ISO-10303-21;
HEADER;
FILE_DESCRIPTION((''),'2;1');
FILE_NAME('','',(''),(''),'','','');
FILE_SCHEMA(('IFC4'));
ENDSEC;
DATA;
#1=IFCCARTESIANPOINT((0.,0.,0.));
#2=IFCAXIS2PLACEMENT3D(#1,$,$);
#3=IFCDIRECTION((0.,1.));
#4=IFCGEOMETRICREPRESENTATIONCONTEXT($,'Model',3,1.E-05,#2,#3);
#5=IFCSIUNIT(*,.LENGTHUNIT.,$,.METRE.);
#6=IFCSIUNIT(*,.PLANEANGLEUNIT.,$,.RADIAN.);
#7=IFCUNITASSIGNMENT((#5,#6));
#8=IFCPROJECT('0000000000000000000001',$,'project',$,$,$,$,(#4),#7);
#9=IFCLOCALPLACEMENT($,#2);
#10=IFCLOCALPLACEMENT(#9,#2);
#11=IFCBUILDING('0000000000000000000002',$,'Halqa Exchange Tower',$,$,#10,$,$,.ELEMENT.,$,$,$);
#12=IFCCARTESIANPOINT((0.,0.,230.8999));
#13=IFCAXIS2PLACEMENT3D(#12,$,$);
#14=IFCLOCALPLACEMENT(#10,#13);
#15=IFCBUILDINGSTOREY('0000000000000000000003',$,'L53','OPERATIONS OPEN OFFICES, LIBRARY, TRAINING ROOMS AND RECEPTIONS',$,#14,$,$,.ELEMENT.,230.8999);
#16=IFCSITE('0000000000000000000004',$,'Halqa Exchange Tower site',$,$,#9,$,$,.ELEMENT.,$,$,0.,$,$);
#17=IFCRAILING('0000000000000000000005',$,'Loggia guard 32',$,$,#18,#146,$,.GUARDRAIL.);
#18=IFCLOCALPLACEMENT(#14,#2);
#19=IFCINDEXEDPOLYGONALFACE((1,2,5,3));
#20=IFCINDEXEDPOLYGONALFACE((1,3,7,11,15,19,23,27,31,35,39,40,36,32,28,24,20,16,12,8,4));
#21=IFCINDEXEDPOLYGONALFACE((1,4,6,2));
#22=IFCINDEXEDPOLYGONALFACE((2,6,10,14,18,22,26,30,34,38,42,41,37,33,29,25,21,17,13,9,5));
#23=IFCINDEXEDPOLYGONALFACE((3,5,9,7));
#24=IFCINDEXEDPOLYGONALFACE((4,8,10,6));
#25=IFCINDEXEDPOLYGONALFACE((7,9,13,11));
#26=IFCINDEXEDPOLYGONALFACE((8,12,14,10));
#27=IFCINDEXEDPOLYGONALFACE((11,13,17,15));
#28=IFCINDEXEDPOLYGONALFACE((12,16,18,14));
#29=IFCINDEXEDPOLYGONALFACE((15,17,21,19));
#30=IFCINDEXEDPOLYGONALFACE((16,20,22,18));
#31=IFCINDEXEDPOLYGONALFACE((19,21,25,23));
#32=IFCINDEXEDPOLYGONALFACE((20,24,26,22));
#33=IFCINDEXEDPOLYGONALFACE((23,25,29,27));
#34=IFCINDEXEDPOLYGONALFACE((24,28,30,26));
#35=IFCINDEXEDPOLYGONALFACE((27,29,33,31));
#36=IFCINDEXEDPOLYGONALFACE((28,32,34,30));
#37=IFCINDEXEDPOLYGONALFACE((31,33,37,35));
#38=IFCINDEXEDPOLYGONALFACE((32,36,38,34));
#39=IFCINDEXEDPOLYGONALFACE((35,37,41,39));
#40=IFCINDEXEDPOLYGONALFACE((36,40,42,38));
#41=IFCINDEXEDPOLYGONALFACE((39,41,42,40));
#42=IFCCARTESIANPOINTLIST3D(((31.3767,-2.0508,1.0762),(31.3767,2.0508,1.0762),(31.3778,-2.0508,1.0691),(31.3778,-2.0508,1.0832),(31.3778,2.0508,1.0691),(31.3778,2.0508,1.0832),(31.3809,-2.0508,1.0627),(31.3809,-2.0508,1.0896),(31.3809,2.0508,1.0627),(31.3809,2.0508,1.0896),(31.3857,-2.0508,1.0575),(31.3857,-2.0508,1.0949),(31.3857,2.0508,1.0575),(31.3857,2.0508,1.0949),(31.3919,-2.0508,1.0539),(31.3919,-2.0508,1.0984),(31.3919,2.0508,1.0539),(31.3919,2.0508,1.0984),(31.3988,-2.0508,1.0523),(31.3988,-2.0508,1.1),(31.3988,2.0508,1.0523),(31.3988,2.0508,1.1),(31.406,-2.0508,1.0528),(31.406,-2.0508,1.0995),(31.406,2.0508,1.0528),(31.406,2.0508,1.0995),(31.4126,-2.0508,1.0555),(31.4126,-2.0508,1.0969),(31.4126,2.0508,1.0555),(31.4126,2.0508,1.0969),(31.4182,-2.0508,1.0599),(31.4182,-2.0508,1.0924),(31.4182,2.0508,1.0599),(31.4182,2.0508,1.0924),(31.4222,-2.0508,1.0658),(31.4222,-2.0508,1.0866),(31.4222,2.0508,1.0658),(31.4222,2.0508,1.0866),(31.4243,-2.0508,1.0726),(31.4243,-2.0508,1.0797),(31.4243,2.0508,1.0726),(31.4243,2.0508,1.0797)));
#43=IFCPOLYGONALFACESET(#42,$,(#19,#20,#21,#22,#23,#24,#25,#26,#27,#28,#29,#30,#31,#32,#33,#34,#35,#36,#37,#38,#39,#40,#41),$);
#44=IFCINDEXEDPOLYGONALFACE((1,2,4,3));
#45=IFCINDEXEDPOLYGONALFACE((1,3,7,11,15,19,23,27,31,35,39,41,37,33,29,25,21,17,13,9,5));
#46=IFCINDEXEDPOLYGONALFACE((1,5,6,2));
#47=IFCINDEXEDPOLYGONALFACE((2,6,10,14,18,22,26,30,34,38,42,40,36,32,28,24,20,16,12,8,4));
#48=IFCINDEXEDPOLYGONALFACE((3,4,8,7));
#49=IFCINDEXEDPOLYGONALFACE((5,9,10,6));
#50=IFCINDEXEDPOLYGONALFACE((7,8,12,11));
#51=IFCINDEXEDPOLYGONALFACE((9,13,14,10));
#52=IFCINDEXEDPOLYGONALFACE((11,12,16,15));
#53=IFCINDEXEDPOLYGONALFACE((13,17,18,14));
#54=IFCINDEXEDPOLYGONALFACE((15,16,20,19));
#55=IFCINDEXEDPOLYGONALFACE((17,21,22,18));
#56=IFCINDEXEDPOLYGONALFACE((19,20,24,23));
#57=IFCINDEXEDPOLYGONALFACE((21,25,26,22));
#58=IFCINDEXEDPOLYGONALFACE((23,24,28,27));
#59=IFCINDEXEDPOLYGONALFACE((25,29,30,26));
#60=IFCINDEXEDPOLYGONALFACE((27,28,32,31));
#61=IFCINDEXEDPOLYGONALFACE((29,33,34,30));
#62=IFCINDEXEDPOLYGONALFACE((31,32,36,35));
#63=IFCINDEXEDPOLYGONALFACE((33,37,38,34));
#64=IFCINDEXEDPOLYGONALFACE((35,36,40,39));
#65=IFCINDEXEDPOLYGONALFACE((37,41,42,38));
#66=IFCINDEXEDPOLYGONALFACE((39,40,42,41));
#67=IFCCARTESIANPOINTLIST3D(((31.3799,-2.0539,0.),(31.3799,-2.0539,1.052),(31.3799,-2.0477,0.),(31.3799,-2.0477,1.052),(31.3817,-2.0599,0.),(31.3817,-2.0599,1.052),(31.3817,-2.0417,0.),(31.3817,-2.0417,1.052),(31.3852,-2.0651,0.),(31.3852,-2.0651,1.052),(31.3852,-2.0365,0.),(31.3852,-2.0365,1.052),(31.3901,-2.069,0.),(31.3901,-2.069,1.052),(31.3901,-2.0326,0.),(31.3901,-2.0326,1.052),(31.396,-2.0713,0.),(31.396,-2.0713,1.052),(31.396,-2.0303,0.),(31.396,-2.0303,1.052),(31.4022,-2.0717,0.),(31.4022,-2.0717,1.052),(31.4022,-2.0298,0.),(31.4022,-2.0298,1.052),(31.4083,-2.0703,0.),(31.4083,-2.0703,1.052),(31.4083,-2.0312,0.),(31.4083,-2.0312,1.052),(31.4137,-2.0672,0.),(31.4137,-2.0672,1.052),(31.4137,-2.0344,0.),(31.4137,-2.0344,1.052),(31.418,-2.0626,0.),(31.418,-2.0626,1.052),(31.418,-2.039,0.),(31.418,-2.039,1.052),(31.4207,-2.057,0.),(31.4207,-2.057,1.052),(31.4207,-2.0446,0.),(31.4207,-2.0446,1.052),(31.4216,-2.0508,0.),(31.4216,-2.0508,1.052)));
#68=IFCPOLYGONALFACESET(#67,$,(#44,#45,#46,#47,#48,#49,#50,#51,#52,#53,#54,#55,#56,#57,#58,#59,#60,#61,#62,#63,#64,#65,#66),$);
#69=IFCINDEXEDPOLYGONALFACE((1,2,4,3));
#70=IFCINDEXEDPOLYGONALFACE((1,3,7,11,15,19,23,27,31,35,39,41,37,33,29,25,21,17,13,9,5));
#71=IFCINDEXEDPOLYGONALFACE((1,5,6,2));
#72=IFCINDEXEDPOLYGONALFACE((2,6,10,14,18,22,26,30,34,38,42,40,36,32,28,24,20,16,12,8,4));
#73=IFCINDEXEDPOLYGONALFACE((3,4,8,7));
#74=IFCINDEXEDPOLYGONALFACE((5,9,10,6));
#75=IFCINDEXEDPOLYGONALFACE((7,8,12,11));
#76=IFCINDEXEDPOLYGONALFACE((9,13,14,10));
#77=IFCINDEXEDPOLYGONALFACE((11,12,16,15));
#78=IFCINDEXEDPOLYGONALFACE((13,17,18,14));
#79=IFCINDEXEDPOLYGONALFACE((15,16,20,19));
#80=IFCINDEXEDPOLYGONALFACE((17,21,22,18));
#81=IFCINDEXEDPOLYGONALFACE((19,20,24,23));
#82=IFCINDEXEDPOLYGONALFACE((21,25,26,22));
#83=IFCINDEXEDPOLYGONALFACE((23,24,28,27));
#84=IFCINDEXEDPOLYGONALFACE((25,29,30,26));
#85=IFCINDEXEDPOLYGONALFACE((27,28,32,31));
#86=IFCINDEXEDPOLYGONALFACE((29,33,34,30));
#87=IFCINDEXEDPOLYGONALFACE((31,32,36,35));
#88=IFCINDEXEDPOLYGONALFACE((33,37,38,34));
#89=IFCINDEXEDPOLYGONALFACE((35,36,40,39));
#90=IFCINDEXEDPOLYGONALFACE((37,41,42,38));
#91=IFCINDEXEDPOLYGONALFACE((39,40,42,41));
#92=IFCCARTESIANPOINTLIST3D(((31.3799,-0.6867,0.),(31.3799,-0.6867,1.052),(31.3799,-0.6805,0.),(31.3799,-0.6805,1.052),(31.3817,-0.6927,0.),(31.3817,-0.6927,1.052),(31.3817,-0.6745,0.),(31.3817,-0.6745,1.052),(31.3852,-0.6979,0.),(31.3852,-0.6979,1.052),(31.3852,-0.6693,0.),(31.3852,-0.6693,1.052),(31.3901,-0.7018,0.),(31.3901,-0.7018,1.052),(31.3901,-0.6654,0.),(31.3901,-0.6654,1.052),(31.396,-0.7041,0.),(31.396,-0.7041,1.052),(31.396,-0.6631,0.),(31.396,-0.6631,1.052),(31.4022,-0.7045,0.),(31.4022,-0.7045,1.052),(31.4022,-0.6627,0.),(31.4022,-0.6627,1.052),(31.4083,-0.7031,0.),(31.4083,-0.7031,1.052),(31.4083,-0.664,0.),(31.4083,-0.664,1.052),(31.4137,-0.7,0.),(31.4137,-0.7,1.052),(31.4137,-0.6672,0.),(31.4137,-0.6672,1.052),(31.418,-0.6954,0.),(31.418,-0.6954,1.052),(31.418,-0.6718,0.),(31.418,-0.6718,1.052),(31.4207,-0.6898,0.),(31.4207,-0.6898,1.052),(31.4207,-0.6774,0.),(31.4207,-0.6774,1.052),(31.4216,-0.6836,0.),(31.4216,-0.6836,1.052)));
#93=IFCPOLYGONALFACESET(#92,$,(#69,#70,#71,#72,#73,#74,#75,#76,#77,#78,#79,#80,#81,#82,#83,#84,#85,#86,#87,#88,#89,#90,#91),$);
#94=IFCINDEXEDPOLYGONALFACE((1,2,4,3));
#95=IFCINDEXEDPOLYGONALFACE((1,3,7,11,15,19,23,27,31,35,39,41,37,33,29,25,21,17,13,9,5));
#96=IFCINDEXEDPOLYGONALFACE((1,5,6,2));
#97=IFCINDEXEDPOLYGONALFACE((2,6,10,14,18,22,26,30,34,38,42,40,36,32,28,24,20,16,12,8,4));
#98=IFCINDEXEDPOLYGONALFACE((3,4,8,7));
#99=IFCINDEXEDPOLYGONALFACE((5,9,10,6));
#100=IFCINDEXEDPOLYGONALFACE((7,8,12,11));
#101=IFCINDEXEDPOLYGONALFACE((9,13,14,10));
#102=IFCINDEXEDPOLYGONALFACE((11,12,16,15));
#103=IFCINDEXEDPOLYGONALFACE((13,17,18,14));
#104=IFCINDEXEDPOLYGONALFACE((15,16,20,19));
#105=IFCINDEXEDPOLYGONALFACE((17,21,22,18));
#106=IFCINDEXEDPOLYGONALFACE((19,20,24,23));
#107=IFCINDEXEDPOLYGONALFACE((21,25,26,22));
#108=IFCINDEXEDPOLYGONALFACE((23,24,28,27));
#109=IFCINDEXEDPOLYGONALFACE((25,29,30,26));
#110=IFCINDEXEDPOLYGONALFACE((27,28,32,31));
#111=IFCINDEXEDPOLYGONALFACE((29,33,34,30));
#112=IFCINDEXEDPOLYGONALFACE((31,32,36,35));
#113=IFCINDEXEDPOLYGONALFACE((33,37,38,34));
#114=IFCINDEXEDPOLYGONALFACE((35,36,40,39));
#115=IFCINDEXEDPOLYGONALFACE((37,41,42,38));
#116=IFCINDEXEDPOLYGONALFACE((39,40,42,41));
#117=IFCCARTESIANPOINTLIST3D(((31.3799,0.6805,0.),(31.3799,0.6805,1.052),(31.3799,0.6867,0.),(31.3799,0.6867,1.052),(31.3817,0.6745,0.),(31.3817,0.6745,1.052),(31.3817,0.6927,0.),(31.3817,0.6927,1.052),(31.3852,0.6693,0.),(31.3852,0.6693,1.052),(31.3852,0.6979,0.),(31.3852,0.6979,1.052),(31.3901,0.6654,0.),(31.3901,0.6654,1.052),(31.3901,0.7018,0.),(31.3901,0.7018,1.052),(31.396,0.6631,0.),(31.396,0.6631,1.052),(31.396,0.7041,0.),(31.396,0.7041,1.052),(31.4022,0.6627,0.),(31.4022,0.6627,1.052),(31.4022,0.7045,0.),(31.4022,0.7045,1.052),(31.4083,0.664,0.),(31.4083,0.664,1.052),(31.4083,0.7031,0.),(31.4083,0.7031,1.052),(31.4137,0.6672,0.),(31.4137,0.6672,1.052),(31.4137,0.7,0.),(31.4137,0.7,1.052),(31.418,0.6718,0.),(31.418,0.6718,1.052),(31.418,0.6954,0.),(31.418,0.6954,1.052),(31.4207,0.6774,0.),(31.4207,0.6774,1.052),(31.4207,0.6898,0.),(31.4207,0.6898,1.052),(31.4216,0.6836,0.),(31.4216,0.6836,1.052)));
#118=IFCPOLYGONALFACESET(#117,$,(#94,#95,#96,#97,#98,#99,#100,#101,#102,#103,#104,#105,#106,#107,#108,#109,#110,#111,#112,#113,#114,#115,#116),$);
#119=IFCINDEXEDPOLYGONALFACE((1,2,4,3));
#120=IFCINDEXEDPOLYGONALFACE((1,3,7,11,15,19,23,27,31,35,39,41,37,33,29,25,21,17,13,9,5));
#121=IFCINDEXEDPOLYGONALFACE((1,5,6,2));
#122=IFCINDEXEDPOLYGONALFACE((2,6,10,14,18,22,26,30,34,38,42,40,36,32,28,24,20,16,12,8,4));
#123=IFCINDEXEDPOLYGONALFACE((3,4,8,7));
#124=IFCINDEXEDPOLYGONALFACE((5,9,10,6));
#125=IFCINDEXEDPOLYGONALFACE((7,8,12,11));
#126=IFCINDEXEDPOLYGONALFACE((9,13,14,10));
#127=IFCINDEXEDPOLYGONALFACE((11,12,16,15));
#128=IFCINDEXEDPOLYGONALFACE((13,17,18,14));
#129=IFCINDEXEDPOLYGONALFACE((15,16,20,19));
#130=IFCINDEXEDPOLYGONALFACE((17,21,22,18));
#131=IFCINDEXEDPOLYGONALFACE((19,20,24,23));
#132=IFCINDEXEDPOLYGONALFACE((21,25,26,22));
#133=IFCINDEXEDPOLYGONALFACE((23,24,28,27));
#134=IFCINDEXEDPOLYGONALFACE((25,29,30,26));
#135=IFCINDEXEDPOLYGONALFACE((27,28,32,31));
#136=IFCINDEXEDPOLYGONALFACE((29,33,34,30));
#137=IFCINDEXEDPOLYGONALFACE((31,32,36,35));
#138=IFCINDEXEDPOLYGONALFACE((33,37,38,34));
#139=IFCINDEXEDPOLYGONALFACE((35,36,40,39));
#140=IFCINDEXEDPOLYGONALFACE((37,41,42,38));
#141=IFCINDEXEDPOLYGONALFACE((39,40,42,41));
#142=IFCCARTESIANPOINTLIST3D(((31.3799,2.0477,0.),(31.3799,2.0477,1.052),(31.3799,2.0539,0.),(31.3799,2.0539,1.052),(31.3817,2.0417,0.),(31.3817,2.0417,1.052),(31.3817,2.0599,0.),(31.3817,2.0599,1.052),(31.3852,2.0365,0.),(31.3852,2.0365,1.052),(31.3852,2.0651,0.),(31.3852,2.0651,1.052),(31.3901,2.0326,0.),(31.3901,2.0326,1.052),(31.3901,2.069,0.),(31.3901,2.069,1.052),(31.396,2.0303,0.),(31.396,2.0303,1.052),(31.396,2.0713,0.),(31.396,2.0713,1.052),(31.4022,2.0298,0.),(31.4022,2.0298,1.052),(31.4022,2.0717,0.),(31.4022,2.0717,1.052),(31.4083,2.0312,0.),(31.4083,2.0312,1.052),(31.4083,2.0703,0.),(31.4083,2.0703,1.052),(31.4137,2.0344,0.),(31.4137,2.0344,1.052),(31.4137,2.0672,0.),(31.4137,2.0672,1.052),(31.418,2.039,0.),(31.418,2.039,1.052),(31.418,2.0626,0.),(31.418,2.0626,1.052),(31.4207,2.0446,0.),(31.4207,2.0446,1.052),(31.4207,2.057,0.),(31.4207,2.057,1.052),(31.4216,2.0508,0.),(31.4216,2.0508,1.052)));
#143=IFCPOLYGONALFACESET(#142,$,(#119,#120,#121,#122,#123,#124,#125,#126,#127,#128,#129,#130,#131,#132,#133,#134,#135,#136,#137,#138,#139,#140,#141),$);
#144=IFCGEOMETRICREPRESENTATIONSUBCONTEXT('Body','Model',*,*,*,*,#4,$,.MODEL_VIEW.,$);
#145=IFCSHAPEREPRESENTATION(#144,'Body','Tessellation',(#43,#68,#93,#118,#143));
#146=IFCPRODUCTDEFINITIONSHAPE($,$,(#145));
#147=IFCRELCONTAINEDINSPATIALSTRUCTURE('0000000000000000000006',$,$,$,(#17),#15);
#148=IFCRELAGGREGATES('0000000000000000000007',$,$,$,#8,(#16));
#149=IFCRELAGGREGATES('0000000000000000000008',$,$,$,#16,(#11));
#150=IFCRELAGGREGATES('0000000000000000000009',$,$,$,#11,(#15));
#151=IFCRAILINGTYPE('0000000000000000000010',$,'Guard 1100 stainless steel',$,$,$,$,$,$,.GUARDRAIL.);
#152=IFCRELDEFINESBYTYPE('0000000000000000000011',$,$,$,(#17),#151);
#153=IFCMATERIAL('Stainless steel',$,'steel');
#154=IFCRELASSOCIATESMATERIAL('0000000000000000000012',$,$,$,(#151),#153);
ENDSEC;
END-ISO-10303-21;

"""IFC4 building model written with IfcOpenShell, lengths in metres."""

from ifc_helpers import new_model, si_unit, direction, frame, origin, origin_2d, place, context, subcontext, project, spatial, circle, extrude, material, type_object, element, save


model = new_model("IFC4")

# Units and contexts
model_context = context("Model", 3, precision=1e-05, world=origin(), true_north=direction((0.0, 1.0)))
body_context = subcontext(model_context, "Body", "Model", "MODEL_VIEW")
ifc_project = project(units=[si_unit("LENGTHUNIT", "METRE"), si_unit("PLANEANGLEUNIT", "RADIAN")], contexts=[model_context])

# Site, building, storey
site_placement = place(None, origin())
site = spatial("IfcSite", under=ifc_project, at=site_placement, Name="Halqa Exchange Tower site", CompositionType="ELEMENT", RefElevation=0.0)
building_placement = place(site_placement, origin())
building = spatial("IfcBuilding", under=site, at=building_placement, Name="Halqa Exchange Tower", CompositionType="ELEMENT")
storey_placement = place(building_placement, frame((0.0, 0.0, 230.8999)))
storey = spatial("IfcBuildingStorey", under=building, at=storey_placement, Name="L53", Description="OPERATIONS OPEN OFFICES, LIBRARY, TRAINING ROOMS AND RECEPTIONS", CompositionType="ELEMENT", Elevation=230.8999)

# Railing
ifc_material_1 = material(Name="Stainless steel", Category="steel")
railing_type = type_object("IfcRailingType", Name="Guard 1100 stainless steel", PredefinedType="GUARDRAIL", material=ifc_material_1)
railing_1_placement = place(storey_placement, frame((31.4006, -2.0508, 0.0)))
element("IfcRailing", 1, at=railing_1_placement, inside=storey, type_object=railing_type, Name="Loggia guard 32", PredefinedType="GUARDRAIL", context=body_context, shape_type="SweptSolid", body=[
    extrude(circle(Radius=0.0239, at=origin_2d()), frame((0.0, 0.0, 1.0762), z_axis=(0.0, 1.0, 0.0), x_axis=(-1.0, 0.0, 0.0)), (0.0, 0.0, 1.0), 4.1016),
    extrude(circle(Radius=0.021, at=origin_2d()), origin(), (0.0, 0.0, 1.0), 1.052),
    extrude(circle(Radius=0.021, at=origin_2d()), frame((0.0, 1.3672, 0.0)), (0.0, 0.0, 1.0), 1.052),
    extrude(circle(Radius=0.021, at=origin_2d()), frame((0.0, 2.7344, 0.0)), (0.0, 0.0, 1.0), 1.052),
    extrude(circle(Radius=0.021, at=origin_2d()), frame((0.0, 4.1016, 0.0)), (0.0, 0.0, 1.0), 1.052),
])

save(model, "model.ifc")
